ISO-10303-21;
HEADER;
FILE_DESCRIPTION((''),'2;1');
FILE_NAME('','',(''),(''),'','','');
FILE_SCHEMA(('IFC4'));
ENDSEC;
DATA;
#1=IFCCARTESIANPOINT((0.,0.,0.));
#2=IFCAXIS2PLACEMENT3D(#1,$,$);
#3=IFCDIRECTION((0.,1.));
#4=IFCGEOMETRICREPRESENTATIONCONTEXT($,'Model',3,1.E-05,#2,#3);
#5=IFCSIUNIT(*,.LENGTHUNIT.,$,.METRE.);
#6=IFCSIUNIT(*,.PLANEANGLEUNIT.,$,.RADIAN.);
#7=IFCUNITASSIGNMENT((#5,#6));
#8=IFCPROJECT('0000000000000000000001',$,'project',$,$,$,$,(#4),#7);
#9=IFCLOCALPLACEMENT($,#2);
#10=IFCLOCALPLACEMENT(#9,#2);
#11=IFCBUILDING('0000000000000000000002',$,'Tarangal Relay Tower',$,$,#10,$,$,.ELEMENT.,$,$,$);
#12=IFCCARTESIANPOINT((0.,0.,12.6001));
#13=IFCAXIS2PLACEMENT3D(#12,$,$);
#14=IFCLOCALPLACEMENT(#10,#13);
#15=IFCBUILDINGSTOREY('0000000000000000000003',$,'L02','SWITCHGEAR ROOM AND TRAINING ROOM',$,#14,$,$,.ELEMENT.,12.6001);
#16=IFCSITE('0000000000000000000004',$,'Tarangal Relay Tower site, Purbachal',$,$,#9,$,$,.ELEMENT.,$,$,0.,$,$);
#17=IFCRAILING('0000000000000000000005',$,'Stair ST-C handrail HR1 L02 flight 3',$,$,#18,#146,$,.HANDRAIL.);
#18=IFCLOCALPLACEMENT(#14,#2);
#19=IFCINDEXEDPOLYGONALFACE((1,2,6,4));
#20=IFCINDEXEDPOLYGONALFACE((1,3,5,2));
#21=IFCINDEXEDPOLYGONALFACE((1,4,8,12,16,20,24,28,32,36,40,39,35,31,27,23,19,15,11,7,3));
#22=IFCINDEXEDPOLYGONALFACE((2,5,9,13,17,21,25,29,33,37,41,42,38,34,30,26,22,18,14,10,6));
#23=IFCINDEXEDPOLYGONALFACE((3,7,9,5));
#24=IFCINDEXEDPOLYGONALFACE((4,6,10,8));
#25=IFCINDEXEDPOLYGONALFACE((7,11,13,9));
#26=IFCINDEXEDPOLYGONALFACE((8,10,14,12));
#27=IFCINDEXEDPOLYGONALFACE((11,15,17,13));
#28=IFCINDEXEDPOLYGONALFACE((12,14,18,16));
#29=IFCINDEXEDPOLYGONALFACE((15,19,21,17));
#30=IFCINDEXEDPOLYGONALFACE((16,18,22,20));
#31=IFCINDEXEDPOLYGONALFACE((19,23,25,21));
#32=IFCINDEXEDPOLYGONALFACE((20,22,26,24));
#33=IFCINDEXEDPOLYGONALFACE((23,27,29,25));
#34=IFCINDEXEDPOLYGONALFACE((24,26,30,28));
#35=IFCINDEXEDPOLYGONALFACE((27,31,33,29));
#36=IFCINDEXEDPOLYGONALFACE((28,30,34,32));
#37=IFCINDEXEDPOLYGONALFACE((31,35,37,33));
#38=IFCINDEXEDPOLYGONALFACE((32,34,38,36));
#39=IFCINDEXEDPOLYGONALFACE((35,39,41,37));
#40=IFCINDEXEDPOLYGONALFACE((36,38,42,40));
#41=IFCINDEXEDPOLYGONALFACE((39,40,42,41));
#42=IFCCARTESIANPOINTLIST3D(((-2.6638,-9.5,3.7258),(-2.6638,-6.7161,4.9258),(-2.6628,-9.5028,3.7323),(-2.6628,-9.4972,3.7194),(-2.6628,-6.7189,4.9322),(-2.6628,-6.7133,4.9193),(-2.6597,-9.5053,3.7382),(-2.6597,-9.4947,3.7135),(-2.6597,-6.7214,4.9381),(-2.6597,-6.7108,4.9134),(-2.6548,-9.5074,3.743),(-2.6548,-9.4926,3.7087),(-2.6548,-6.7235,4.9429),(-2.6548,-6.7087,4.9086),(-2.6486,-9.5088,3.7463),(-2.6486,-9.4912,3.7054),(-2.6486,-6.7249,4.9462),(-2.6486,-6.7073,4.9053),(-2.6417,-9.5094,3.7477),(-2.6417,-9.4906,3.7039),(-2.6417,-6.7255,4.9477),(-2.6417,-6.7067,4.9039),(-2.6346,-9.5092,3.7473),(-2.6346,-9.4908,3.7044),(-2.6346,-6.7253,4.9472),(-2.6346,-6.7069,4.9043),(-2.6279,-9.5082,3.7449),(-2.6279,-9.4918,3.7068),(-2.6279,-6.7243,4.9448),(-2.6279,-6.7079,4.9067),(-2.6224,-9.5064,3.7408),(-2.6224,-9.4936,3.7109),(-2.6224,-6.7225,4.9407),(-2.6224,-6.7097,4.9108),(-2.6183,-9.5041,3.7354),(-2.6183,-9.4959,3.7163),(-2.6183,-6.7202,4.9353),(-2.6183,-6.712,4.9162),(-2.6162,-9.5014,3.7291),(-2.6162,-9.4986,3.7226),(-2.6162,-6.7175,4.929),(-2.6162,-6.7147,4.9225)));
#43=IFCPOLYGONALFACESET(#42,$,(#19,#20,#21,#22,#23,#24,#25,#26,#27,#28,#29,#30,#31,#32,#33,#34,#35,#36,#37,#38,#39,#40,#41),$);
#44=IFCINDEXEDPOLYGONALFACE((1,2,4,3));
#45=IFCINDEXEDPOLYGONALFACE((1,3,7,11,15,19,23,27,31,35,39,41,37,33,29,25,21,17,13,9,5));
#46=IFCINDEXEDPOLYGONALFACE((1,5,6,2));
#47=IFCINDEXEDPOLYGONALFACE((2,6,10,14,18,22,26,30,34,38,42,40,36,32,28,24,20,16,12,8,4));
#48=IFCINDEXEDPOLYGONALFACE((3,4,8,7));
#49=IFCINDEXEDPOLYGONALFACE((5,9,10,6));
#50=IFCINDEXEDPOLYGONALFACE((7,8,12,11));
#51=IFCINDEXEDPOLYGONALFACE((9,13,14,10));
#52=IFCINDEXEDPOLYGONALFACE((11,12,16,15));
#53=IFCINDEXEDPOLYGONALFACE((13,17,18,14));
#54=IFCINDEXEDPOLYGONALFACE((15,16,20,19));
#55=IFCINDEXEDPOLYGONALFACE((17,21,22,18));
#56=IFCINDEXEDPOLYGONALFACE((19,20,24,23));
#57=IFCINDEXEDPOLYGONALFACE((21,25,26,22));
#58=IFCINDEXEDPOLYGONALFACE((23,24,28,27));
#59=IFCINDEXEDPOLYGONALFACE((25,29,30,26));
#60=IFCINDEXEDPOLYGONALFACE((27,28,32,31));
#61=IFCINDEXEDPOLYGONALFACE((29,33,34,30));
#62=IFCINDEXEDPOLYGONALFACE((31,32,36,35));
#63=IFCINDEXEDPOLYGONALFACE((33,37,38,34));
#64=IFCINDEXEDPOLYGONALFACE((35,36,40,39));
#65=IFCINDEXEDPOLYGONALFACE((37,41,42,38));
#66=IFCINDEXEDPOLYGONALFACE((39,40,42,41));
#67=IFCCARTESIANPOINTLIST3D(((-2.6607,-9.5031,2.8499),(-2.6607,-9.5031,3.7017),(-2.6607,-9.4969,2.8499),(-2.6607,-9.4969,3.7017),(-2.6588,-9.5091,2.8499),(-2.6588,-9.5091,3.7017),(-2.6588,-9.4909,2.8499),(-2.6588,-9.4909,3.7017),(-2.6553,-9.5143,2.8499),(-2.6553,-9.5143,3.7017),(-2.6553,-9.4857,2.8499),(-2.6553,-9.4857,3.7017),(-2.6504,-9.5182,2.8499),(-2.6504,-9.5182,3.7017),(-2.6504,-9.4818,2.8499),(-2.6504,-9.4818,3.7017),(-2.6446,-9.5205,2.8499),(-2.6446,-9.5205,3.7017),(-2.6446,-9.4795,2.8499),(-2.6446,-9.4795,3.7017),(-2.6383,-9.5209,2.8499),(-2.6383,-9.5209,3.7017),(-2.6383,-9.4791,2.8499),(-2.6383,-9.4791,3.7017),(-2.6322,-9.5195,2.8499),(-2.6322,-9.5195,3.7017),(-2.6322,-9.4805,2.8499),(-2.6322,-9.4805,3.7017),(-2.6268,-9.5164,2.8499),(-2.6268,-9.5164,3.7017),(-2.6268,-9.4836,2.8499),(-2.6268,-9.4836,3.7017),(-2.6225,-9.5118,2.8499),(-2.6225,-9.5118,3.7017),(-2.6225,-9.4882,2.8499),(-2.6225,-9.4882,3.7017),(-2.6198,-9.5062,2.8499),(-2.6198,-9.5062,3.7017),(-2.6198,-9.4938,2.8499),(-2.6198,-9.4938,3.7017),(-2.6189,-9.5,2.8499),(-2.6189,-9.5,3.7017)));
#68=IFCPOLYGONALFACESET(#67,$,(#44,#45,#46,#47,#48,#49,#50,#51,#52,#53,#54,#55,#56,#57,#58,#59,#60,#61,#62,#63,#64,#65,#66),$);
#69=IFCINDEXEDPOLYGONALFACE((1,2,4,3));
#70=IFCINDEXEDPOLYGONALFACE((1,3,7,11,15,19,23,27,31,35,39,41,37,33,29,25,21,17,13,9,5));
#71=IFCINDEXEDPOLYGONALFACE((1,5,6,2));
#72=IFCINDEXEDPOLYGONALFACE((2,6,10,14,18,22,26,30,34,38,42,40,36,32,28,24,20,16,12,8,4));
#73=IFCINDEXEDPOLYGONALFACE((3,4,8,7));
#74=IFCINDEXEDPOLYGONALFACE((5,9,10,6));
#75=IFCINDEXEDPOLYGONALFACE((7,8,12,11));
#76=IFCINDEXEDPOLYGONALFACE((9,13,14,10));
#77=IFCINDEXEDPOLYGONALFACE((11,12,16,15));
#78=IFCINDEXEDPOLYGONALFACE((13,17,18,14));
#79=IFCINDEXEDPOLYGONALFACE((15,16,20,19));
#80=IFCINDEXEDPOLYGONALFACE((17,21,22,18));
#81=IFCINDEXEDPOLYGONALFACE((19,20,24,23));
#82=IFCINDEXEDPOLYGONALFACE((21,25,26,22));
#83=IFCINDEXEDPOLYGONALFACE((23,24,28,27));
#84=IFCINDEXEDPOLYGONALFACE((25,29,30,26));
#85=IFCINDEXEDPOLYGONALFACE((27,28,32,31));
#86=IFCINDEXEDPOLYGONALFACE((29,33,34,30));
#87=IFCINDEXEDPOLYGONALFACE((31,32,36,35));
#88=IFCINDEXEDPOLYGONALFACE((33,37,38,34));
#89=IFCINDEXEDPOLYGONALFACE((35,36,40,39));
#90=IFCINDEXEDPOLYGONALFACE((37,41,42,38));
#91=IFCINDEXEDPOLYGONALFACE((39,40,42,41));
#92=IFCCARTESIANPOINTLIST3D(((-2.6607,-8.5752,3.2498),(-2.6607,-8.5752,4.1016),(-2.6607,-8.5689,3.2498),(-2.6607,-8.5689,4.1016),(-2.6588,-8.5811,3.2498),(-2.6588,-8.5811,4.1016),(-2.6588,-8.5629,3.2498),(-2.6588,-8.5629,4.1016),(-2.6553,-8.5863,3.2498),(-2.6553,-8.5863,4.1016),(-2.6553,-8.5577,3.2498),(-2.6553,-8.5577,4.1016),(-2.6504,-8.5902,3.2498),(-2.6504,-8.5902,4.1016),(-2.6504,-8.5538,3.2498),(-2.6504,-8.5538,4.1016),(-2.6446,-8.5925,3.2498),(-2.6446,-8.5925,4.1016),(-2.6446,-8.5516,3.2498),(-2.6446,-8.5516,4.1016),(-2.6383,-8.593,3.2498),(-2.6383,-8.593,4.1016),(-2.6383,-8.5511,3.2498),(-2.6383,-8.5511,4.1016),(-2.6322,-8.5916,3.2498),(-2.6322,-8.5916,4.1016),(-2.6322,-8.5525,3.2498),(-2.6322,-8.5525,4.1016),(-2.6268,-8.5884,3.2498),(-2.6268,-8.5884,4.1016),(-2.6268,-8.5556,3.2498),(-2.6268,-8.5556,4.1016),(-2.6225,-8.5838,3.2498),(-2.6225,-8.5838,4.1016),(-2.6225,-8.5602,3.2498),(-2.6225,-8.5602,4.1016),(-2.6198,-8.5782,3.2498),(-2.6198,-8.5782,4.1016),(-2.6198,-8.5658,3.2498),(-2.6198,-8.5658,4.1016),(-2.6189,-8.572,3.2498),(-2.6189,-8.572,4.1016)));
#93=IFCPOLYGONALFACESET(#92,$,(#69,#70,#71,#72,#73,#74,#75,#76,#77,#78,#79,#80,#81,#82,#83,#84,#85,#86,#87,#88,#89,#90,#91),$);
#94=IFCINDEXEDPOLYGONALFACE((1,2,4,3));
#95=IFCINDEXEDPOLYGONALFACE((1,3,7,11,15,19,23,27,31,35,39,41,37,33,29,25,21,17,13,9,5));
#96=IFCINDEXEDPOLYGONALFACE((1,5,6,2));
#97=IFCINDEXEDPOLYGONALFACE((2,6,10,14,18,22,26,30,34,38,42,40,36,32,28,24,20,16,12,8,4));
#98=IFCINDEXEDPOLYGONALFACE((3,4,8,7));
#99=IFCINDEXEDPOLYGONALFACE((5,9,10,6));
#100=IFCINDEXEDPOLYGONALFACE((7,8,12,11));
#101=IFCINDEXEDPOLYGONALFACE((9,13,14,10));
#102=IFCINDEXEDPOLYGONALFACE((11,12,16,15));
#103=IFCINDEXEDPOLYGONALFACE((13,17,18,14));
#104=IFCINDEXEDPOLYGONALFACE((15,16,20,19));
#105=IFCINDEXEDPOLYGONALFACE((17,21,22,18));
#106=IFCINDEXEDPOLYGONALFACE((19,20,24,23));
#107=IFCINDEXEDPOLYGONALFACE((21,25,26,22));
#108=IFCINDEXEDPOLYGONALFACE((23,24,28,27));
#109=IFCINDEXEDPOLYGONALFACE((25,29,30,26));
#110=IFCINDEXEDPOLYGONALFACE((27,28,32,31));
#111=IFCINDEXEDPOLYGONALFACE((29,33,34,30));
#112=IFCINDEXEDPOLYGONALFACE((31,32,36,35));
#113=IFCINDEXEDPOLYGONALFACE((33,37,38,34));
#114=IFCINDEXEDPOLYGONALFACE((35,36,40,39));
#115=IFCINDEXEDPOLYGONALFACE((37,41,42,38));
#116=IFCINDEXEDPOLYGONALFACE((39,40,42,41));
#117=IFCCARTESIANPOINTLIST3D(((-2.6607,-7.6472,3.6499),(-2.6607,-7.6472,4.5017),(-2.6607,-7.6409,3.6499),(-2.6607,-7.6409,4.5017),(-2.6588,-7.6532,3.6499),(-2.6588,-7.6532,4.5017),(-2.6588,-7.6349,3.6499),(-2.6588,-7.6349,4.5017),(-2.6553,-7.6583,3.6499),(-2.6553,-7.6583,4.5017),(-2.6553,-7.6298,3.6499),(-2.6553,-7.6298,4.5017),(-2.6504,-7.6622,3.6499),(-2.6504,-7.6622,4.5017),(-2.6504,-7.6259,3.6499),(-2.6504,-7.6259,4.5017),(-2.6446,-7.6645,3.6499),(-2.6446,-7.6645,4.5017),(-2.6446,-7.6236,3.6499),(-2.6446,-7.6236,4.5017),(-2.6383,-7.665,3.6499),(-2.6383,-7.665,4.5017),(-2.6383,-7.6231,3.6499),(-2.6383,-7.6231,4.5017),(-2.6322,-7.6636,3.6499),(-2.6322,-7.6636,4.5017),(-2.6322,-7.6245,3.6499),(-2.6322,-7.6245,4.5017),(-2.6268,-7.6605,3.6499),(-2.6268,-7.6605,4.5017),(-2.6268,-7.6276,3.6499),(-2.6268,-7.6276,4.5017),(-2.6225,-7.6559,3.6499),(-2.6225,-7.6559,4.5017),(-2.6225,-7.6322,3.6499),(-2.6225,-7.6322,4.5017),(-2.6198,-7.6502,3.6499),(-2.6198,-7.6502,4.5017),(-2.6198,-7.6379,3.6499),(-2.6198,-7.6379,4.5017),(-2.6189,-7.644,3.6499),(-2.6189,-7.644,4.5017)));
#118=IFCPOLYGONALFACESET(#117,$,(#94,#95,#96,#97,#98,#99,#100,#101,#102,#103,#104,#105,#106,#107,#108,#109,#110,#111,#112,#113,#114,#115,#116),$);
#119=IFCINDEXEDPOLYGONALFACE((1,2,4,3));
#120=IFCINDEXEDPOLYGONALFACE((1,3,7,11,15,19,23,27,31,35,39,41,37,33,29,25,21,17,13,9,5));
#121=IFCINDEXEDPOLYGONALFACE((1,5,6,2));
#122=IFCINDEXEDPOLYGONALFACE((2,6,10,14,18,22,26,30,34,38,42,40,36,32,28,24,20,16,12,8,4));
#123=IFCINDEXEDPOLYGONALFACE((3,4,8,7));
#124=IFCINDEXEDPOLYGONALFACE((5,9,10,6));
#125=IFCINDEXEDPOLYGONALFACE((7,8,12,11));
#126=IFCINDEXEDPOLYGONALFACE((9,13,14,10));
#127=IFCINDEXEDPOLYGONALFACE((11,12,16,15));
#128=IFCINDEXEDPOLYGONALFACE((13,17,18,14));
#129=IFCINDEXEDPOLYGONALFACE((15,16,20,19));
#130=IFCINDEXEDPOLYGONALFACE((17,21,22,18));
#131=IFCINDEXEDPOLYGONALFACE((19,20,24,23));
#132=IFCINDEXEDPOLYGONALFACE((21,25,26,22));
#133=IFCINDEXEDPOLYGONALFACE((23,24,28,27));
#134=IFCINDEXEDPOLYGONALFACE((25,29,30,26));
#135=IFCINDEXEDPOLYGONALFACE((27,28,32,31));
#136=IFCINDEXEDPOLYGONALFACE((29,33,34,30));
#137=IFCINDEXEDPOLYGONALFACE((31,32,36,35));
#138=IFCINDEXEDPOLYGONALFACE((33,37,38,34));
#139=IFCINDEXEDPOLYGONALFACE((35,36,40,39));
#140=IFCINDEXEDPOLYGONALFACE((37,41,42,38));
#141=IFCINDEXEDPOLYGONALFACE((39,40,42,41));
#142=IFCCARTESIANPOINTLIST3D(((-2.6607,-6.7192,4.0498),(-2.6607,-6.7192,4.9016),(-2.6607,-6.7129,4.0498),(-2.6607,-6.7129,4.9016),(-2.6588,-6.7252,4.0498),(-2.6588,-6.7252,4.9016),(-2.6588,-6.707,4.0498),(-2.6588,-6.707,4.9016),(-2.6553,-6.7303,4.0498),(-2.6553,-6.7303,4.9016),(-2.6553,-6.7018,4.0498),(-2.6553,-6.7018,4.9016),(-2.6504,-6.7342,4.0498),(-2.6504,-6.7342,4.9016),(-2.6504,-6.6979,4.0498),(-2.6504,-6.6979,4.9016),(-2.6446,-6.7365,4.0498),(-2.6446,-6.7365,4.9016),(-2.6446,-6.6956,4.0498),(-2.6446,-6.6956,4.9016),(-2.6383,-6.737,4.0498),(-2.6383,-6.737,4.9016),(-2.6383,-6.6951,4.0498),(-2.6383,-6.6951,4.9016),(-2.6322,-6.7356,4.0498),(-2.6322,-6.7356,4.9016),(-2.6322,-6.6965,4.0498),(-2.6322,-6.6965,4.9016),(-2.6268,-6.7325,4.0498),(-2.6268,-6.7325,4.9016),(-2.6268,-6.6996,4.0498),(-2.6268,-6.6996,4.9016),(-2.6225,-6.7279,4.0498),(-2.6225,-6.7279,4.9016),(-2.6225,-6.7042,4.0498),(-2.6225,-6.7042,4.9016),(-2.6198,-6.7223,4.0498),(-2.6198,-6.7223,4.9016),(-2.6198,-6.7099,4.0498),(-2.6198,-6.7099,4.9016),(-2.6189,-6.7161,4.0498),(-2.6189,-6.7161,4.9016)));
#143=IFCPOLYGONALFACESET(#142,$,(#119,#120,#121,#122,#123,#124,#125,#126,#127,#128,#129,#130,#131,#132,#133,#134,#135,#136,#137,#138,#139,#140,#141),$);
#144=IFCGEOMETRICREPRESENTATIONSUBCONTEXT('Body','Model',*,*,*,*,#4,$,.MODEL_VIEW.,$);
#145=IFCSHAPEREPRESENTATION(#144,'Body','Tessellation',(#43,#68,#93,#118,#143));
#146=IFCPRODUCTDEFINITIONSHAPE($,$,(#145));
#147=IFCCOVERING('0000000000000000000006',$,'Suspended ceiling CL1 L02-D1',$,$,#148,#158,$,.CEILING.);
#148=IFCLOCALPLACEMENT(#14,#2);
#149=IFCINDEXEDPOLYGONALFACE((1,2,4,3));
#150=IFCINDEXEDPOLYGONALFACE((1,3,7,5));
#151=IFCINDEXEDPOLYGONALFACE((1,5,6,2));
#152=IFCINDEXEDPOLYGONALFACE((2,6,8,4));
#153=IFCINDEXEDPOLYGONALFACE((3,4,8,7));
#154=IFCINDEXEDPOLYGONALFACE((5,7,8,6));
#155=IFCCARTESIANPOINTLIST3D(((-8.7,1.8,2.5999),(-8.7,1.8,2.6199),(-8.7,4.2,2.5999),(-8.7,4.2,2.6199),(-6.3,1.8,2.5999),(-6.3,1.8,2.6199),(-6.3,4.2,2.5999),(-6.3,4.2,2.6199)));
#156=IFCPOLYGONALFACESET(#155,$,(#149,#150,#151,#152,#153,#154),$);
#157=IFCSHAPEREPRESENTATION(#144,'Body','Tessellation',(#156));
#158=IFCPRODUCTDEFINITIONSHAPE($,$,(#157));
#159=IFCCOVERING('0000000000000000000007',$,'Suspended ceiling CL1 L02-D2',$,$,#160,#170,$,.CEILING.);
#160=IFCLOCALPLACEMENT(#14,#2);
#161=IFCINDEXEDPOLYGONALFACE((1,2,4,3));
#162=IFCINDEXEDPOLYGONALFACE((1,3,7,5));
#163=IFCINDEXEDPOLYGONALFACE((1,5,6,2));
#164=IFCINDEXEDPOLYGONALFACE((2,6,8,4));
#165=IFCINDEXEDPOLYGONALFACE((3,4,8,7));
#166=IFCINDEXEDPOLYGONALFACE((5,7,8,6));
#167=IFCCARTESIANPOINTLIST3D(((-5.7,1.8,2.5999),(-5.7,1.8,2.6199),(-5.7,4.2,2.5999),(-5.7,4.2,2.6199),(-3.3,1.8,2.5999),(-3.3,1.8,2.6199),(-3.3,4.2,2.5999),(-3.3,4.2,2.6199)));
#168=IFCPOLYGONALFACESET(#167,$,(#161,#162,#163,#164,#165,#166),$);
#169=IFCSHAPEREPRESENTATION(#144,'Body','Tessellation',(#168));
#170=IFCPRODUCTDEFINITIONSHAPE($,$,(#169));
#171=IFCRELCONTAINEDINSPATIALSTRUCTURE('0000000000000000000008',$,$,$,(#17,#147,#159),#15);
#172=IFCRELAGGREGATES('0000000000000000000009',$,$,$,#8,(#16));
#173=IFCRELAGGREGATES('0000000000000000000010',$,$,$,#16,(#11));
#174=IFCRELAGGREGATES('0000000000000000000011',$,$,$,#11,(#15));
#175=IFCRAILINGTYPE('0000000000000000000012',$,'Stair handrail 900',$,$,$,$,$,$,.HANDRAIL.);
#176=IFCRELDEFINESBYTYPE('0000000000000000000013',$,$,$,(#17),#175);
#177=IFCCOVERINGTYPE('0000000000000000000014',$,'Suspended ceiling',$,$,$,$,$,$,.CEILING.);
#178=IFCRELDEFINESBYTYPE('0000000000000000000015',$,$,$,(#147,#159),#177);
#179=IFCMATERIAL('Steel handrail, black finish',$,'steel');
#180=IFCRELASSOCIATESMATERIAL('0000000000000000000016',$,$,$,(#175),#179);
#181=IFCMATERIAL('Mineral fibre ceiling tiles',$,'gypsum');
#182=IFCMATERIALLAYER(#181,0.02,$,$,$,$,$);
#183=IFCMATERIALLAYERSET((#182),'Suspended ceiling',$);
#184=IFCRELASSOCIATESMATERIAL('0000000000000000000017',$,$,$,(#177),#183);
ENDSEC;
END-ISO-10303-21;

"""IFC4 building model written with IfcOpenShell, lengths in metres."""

from ifc_helpers import new_model, si_unit, direction, frame, origin, origin_2d, place, context, subcontext, project, spatial, polyline, circle, outline, extrude, material, layer, layer_set, type_object, element, save


model = new_model("IFC4")

# Units and contexts
model_context = context("Model", 3, precision=1e-05, world=origin(), true_north=direction((0.0, 1.0)))
body_context = subcontext(model_context, "Body", "Model", "MODEL_VIEW")
ifc_project = project(units=[si_unit("LENGTHUNIT", "METRE"), si_unit("PLANEANGLEUNIT", "RADIAN")], contexts=[model_context])

# Site, building, storey
site_placement = place(None, origin())
site = spatial("IfcSite", under=ifc_project, at=site_placement, Name="Tarangal Relay Tower site, Purbachal", CompositionType="ELEMENT", RefElevation=0.0)
building_placement = place(site_placement, origin())
building = spatial("IfcBuilding", under=site, at=building_placement, Name="Tarangal Relay Tower", CompositionType="ELEMENT")
storey_placement = place(building_placement, frame((0.0, 0.0, 12.6001)))
storey = spatial("IfcBuildingStorey", under=building, at=storey_placement, Name="L02", Description="SWITCHGEAR ROOM AND TRAINING ROOM", CompositionType="ELEMENT", Elevation=12.6001)

# Railing
ifc_material_1 = material(Name="Steel handrail, black finish", Category="steel")
railing_type_1 = type_object("IfcRailingType", Name="Stair handrail 900", PredefinedType="HANDRAIL", material=ifc_material_1)
for number, where, name in (
    (1, (-2.6399, -9.5, 2.8499), "Stair ST-C handrail HR1 L02 flight 3"),
):
    element("IfcRailing", number, at=place(storey_placement, frame(where)), inside=storey, type_object=railing_type_1, Name=name, PredefinedType="HANDRAIL", context=body_context, shape_type="SweptSolid", body=[
        extrude(circle(Radius=0.0239, at=origin_2d()), frame((0.0, 0.0, 0.876), z_axis=(0.0, 0.918327, 0.395823), x_axis=(-1.0, 0.0, 0.0)), (0.0, 0.0, 1.0), 3.0315),
        extrude(circle(Radius=0.021, at=origin_2d()), origin(), (0.0, 0.0, 1.0), 0.8518),
        extrude(circle(Radius=0.021, at=origin_2d()), frame((0.0, 0.928, 0.3999)), (0.0, 0.0, 1.0), 0.8518),
        extrude(circle(Radius=0.021, at=origin_2d()), frame((0.0, 1.856, 0.8)), (0.0, 0.0, 1.0), 0.8518),
        extrude(circle(Radius=0.021, at=origin_2d()), frame((0.0, 2.7839, 1.2)), (0.0, 0.0, 1.0), 0.8518),
    ])

# Coverings
ifc_material_2 = material(Name="Mineral fibre ceiling tiles", Category="gypsum")
ifc_layer_1 = layer(ifc_material_2, 0.02)
ifc_layer_set_1 = layer_set([ifc_layer_1], Name="Suspended ceiling")
covering_type_1 = type_object("IfcCoveringType", Name="Suspended ceiling", PredefinedType="CEILING", material=ifc_layer_set_1)
covering_1_placement = place(storey_placement, frame((0.0, 0.0, 2.5999)))
element("IfcCovering", 2, at=covering_1_placement, inside=storey, type_object=covering_type_1, Name="Suspended ceiling CL1 L02-D1", PredefinedType="CEILING", context=body_context, shape_type="SweptSolid", body=[
    extrude(outline(polyline([(-8.7, 1.8), (-6.3, 1.8), (-6.3, 4.2), (-8.7, 4.2), (-8.7, 1.8)])), origin(), (0.0, 0.0, 1.0), 0.02),
])
covering_2_placement = place(storey_placement, frame((0.0, 0.0, 2.5999)))
element("IfcCovering", 3, at=covering_2_placement, inside=storey, type_object=covering_type_1, Name="Suspended ceiling CL1 L02-D2", PredefinedType="CEILING", context=body_context, shape_type="SweptSolid", body=[
    extrude(outline(polyline([(-5.7, 1.8), (-3.3, 1.8), (-3.3, 4.2), (-5.7, 4.2), (-5.7, 1.8)])), origin(), (0.0, 0.0, 1.0), 0.02),
])

save(model, "model.ifc")
